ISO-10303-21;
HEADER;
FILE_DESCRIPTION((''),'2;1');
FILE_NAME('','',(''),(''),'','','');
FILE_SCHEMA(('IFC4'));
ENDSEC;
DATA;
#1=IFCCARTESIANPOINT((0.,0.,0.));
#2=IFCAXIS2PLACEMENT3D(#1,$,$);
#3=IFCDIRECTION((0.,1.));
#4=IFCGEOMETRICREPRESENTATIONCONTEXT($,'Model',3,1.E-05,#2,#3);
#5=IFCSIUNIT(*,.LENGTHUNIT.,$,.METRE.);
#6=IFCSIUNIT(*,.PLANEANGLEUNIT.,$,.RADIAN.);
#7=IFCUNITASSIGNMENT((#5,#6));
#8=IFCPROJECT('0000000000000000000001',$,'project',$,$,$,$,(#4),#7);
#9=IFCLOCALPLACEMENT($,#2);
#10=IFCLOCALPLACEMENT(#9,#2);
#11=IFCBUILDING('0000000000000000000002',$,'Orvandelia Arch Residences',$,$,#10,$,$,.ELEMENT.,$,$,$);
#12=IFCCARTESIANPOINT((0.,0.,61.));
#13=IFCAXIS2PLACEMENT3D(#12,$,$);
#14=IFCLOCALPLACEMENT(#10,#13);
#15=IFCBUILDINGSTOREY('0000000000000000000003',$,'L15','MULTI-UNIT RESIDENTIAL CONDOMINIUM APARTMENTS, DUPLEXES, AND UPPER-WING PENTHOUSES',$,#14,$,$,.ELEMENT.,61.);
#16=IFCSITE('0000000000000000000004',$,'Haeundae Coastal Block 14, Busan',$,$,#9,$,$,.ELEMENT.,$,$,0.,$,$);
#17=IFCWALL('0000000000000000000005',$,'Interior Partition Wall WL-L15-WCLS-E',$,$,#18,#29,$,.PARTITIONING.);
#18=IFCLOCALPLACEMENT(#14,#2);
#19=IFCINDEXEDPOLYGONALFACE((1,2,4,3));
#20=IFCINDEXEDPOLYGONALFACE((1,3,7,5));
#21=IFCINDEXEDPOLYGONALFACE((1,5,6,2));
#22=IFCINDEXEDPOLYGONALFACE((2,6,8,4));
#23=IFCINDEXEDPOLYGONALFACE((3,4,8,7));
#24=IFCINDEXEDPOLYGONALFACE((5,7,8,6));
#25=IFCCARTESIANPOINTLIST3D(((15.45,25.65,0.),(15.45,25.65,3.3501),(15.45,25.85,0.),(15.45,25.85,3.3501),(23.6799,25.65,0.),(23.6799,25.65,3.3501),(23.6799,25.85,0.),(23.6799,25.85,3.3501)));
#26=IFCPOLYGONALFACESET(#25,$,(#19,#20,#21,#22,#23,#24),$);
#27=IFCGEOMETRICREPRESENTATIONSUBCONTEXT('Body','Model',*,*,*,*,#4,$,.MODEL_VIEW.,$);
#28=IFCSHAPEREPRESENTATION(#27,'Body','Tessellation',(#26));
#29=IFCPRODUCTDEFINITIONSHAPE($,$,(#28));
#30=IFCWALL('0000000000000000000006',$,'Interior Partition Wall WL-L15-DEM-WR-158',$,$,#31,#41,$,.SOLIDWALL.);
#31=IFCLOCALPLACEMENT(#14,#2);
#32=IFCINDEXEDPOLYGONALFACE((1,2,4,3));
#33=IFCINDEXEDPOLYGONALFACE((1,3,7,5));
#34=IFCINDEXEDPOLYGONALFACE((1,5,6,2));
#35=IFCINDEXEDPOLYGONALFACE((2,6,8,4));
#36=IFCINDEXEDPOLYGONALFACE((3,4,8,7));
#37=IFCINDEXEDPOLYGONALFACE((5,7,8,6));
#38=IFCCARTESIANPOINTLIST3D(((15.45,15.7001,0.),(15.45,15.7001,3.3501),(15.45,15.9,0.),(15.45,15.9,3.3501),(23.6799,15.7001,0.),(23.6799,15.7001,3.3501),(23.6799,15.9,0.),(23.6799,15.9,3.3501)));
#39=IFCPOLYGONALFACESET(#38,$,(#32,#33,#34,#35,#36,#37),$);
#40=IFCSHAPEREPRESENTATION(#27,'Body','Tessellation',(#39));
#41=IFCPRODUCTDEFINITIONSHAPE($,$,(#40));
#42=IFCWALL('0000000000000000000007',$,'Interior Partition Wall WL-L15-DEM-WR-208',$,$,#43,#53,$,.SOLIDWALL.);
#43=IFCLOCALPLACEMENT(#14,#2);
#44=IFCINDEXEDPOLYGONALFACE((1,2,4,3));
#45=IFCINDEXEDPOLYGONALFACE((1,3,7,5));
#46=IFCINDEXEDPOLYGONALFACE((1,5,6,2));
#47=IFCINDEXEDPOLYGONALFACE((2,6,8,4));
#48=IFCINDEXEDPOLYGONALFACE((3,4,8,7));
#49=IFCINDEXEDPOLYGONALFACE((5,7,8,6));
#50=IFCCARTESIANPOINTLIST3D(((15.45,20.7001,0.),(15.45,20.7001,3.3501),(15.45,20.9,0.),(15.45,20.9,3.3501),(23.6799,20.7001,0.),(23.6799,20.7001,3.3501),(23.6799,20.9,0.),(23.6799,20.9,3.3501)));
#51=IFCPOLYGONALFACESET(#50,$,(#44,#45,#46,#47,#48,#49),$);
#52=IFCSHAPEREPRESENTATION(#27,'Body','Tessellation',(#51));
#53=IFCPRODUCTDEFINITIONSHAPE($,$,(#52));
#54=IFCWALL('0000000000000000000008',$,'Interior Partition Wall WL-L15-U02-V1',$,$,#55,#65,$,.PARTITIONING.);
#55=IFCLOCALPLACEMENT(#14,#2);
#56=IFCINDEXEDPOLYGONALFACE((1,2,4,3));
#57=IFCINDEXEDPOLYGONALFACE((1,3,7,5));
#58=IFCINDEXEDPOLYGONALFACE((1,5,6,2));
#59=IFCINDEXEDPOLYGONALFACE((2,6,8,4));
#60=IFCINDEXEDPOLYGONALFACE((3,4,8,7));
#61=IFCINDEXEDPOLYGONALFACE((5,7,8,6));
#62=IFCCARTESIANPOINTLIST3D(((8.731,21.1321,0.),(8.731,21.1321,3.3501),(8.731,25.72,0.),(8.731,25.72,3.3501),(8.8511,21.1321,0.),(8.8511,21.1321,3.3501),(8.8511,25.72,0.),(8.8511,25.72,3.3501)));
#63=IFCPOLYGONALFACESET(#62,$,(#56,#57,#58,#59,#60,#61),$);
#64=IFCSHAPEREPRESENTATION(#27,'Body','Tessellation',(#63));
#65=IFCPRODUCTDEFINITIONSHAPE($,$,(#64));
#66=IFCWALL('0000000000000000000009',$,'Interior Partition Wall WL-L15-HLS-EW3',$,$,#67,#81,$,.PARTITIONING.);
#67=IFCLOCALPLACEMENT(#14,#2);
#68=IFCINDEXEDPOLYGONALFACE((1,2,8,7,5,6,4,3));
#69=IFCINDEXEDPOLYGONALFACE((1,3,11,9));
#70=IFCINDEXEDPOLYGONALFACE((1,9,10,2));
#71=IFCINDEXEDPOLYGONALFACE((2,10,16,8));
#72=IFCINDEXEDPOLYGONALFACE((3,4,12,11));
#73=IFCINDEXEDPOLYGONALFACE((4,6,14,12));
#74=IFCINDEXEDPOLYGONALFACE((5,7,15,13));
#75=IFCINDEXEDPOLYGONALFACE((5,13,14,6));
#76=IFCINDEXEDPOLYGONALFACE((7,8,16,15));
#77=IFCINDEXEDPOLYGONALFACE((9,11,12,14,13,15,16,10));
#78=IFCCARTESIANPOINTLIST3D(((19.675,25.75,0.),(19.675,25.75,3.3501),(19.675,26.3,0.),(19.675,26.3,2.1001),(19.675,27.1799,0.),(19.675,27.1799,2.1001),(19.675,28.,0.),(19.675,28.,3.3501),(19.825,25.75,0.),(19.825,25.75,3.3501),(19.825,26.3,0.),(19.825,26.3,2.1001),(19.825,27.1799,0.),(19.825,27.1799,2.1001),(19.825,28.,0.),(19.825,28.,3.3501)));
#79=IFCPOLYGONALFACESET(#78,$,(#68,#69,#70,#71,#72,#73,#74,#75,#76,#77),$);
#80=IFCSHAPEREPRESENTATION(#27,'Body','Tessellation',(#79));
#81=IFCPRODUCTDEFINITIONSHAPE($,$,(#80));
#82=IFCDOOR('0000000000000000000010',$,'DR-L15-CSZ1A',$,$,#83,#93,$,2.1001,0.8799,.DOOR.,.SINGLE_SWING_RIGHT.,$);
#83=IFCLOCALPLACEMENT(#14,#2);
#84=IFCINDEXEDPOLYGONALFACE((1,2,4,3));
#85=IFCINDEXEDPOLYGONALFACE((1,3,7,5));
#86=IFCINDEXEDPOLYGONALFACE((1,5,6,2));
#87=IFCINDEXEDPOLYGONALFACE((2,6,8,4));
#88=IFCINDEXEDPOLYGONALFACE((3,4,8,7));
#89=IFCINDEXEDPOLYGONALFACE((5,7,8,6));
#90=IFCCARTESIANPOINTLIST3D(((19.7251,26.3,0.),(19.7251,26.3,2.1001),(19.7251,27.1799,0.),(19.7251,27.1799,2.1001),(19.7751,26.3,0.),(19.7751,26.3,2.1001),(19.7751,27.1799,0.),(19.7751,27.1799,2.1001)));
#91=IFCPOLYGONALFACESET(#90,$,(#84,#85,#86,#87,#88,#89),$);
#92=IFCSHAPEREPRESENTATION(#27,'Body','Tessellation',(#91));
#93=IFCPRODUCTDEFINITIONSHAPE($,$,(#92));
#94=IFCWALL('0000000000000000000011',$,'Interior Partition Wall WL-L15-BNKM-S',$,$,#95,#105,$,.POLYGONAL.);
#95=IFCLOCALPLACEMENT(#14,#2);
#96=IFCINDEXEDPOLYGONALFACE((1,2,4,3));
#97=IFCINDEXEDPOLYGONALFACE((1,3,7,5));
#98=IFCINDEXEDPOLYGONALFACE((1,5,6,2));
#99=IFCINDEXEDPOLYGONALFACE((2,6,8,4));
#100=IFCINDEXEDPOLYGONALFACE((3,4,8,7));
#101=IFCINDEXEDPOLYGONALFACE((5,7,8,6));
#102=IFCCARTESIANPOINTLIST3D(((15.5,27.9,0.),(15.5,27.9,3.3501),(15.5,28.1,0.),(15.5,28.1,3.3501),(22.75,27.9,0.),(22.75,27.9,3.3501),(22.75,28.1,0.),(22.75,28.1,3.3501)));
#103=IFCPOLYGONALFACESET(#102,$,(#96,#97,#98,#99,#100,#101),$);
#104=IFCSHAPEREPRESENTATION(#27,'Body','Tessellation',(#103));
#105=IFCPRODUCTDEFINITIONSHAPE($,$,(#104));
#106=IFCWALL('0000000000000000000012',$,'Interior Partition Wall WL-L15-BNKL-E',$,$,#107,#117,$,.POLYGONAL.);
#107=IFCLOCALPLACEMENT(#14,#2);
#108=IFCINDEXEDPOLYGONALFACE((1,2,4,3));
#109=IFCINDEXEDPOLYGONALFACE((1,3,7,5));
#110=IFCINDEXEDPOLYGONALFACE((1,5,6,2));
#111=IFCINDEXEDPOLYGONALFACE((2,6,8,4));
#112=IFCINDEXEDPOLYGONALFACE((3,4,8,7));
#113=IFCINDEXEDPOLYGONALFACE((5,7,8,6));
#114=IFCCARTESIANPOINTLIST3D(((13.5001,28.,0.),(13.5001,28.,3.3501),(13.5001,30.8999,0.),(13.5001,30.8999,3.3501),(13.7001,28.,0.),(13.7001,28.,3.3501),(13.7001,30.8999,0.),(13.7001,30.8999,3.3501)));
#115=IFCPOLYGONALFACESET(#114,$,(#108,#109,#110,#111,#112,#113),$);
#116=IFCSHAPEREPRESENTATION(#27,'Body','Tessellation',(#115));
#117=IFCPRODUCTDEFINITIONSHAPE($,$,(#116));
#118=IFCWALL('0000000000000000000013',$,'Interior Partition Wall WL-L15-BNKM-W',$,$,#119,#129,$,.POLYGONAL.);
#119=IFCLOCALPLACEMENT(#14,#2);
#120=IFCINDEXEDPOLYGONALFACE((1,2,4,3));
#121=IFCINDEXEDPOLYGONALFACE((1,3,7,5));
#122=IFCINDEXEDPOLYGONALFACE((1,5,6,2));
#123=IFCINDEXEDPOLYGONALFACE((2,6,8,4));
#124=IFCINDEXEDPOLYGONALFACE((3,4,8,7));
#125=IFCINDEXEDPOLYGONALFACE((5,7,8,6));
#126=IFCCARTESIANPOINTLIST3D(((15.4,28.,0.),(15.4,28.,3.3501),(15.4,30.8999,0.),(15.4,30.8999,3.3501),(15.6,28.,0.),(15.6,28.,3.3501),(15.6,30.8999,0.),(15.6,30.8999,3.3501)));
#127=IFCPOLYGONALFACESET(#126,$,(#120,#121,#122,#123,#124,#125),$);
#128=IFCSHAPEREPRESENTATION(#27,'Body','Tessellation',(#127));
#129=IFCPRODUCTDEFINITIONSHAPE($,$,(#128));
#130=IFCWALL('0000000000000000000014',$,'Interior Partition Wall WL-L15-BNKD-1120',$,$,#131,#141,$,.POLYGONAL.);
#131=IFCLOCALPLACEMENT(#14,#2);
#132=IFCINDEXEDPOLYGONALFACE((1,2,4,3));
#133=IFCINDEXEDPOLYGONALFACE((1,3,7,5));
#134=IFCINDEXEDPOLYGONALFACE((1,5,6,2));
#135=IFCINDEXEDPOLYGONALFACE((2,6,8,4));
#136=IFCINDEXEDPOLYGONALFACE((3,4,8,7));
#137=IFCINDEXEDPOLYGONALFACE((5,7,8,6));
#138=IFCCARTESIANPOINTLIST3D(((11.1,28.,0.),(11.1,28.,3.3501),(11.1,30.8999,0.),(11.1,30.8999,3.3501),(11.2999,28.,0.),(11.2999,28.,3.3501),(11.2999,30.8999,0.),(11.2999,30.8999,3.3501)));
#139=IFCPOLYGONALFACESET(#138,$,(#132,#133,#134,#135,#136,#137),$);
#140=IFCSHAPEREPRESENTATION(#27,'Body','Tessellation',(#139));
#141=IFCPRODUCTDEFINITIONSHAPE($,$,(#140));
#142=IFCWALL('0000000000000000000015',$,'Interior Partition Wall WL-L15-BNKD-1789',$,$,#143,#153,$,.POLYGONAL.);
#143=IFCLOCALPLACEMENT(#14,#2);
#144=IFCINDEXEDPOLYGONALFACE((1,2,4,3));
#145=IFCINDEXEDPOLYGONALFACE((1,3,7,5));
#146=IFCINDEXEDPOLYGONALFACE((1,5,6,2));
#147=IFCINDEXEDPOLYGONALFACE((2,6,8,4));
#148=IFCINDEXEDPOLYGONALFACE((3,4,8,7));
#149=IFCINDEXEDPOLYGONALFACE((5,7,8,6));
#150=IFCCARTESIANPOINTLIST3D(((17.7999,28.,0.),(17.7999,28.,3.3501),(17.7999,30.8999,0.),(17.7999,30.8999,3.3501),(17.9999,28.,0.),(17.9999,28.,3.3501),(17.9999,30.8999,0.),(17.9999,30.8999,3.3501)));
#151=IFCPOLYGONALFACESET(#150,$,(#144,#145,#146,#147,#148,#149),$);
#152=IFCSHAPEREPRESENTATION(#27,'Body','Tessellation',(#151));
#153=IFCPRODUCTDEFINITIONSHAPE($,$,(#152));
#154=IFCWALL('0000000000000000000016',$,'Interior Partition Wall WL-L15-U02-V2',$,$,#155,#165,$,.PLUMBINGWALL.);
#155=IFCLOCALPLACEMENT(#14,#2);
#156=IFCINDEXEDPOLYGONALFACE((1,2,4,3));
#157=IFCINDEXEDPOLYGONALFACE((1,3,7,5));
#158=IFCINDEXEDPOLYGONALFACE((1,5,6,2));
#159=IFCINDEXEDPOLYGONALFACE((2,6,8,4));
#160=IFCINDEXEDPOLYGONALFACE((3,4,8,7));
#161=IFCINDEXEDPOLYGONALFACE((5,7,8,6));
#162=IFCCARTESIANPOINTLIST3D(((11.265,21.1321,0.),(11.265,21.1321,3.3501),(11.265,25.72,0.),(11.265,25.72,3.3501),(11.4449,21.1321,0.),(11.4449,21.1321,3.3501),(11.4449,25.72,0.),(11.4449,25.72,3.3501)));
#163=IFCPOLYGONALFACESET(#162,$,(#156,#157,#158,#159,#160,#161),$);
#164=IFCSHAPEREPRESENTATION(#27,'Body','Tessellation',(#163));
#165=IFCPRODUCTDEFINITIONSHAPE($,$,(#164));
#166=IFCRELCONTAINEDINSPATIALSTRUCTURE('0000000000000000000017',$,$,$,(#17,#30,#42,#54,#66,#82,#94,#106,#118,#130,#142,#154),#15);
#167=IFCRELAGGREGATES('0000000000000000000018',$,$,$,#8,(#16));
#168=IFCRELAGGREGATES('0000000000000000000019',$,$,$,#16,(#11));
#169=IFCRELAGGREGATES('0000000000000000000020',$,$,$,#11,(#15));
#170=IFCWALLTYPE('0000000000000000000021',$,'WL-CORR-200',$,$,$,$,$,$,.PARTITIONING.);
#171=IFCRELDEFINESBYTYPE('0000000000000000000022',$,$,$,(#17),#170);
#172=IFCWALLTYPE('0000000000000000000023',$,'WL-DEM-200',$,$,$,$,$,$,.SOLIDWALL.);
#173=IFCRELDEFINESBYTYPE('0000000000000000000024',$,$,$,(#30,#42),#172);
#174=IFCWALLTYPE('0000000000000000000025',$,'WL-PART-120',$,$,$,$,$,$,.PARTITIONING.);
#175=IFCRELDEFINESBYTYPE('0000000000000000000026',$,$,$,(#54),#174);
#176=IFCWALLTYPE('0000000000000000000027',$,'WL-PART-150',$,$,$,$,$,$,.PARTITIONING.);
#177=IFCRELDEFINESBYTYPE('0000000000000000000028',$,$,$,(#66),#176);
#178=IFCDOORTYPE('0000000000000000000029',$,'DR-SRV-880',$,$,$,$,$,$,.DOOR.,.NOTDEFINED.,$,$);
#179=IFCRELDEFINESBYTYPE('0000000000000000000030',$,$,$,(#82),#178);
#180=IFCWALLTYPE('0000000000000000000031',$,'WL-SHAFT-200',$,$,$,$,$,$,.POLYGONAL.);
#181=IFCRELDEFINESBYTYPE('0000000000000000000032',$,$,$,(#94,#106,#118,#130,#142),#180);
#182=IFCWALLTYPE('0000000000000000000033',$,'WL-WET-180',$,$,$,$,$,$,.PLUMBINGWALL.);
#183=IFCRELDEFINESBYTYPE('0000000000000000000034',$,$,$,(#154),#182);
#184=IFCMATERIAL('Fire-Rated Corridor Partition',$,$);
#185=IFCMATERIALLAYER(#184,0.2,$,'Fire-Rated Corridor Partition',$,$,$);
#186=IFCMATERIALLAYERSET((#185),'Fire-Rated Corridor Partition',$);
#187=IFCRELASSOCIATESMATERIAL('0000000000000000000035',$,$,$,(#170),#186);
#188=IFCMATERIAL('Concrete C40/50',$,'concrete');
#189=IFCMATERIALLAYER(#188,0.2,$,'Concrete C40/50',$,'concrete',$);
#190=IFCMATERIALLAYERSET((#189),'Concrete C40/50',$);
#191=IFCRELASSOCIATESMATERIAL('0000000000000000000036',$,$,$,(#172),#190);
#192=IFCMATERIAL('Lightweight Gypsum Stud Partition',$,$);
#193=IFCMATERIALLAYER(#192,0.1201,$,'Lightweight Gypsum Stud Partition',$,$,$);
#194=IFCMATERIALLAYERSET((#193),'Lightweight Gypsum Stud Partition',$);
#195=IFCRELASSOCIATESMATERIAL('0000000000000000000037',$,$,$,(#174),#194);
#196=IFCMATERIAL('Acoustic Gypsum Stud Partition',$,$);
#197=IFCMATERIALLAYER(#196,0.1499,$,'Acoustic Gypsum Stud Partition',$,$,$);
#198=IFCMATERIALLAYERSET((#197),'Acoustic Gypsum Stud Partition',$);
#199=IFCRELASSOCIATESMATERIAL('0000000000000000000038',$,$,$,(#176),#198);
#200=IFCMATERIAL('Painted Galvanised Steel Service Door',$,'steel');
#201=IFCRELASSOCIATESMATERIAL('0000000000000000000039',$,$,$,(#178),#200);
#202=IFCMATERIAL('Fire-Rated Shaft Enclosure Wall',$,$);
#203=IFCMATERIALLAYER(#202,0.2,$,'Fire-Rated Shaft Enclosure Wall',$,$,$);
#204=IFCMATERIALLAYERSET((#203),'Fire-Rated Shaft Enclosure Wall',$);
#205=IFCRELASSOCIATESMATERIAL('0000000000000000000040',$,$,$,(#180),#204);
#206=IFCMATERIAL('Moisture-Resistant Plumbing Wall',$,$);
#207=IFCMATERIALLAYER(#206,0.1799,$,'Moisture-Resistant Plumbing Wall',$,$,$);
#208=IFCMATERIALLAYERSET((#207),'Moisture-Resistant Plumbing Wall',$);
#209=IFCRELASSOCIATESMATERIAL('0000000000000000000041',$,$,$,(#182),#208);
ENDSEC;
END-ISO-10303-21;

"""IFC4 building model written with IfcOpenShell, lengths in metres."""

from ifc_helpers import new_model, si_unit, direction, frame, frame_2d, origin, place, context, subcontext, project, spatial, rectangle, extrude, material, layer, layer_set, type_object, element, fill, save


model = new_model("IFC4")

# Units and contexts
model_context = context("Model", 3, precision=1e-05, world=origin(), true_north=direction((0.0, 1.0)))
body_context = subcontext(model_context, "Body", "Model", "MODEL_VIEW")
ifc_project = project(units=[si_unit("LENGTHUNIT", "METRE"), si_unit("PLANEANGLEUNIT", "RADIAN")], contexts=[model_context])

# Site, building, storey
site_placement = place(None, origin())
site = spatial("IfcSite", under=ifc_project, at=site_placement, Name="Haeundae Coastal Block 14, Busan", CompositionType="ELEMENT", RefElevation=0.0)
building_placement = place(site_placement, origin())
building = spatial("IfcBuilding", under=site, at=building_placement, Name="Orvandelia Arch Residences", CompositionType="ELEMENT")
storey_placement = place(building_placement, frame((0.0, 0.0, 61.0)))
storey = spatial("IfcBuildingStorey", under=building, at=storey_placement, Name="L15", Description="MULTI-UNIT RESIDENTIAL CONDOMINIUM APARTMENTS, DUPLEXES, AND UPPER-WING PENTHOUSES", CompositionType="ELEMENT", Elevation=61.0)

# Walls
ifc_material_1 = material(Name="Fire-Rated Corridor Partition")
ifc_layer_1 = layer(ifc_material_1, 0.2, Name="Fire-Rated Corridor Partition")
ifc_layer_set_1 = layer_set([ifc_layer_1], Name="Fire-Rated Corridor Partition")
wall_type_1 = type_object("IfcWallType", Name="WL-CORR-200", PredefinedType="PARTITIONING", material=ifc_layer_set_1)
wall_1_placement = place(storey_placement, frame((15.45, 25.75, 0.0), z_axis=(0.0, 0.0, 1.0), x_axis=(1.0, 0.0, 0.0)))
element("IfcWall", 1, at=wall_1_placement, inside=storey, type_object=wall_type_1, Name="Interior Partition Wall WL-L15-WCLS-E", PredefinedType="PARTITIONING", context=body_context, shape_type="SweptSolid", body=[
    extrude(rectangle(XDim=8.23, YDim=0.2, at=frame_2d((4.115, 0.0))), origin(), (0.0, 0.0, 1.0), 3.3501),
])
ifc_material_2 = material(Name="Concrete C40/50", Category="concrete")
ifc_layer_2 = layer(ifc_material_2, 0.2, Name="Concrete C40/50", Category="concrete")
ifc_layer_set_2 = layer_set([ifc_layer_2], Name="Concrete C40/50")
wall_type_2 = type_object("IfcWallType", Name="WL-DEM-200", PredefinedType="SOLIDWALL", material=ifc_layer_set_2)
for number, where, z_axis, x_axis, name in (
    (2, (15.45, 15.8, 0.0), (0.0, 0.0, 1.0), (1.0, 0.0, 0.0), "Interior Partition Wall WL-L15-DEM-WR-158"),
    (3, (15.45, 20.8, 0.0), (0.0, 0.0, 1.0), (1.0, 0.0, 0.0), "Interior Partition Wall WL-L15-DEM-WR-208"),
):
    element("IfcWall", number, at=place(storey_placement, frame(where, z_axis=z_axis, x_axis=x_axis)), inside=storey, type_object=wall_type_2, Name=name, PredefinedType="SOLIDWALL", context=body_context, shape_type="SweptSolid", body=[
        extrude(rectangle(XDim=8.23, YDim=0.2, at=frame_2d((4.115, 0.0))), origin(), (0.0, 0.0, 1.0), 3.3501),
    ])
ifc_material_3 = material(Name="Lightweight Gypsum Stud Partition")
ifc_layer_3 = layer(ifc_material_3, 0.1201, Name="Lightweight Gypsum Stud Partition")
ifc_layer_set_3 = layer_set([ifc_layer_3], Name="Lightweight Gypsum Stud Partition")
wall_type_3 = type_object("IfcWallType", Name="WL-PART-120", PredefinedType="PARTITIONING", material=ifc_layer_set_3)
wall_2_placement = place(storey_placement, frame((8.791, 21.1321, 0.0), z_axis=(0.0, 0.0, 1.0), x_axis=(0.0, 1.0, 0.0)))
element("IfcWall", 4, at=wall_2_placement, inside=storey, type_object=wall_type_3, Name="Interior Partition Wall WL-L15-U02-V1", PredefinedType="PARTITIONING", context=body_context, shape_type="SweptSolid", body=[
    extrude(rectangle(XDim=4.5879, YDim=0.1201, at=frame_2d((2.2939, 0.0))), origin(), (0.0, 0.0, 1.0), 3.3501),
])

# Wall, opening, door
ifc_material_4 = material(Name="Acoustic Gypsum Stud Partition")
ifc_layer_4 = layer(ifc_material_4, 0.1499, Name="Acoustic Gypsum Stud Partition")
ifc_layer_set_4 = layer_set([ifc_layer_4], Name="Acoustic Gypsum Stud Partition")
wall_type_4 = type_object("IfcWallType", Name="WL-PART-150", PredefinedType="PARTITIONING", material=ifc_layer_set_4)
wall_3_placement = place(storey_placement, frame((19.75, 25.75, 0.0), z_axis=(0.0, 0.0, 1.0), x_axis=(0.0, 1.0, 0.0)))
wall_3 = element("IfcWall", 5, at=wall_3_placement, inside=storey, type_object=wall_type_4, Name="Interior Partition Wall WL-L15-HLS-EW3", PredefinedType="PARTITIONING", context=body_context, shape_type="SweptSolid", body=[
    extrude(rectangle(XDim=2.25, YDim=0.1499, at=frame_2d((1.125, 0.0))), origin(), (0.0, 0.0, 1.0), 3.3501),
])
opening_1_placement = place(wall_3_placement, frame((0.55, 0.0, 0.0)))
opening_1 = element("IfcOpeningElement", 6, at=opening_1_placement, cuts=wall_3, PredefinedType="OPENING", context=body_context, shape_type="SweptSolid", body=[
    extrude(rectangle(XDim=0.8799, YDim=2.1001, at=frame_2d((0.4399, 1.05))), frame((0.0, 0.085, 0.0), z_axis=(0.0, -1.0, 0.0), x_axis=(1.0, 0.0, 0.0)), (0.0, 0.0, 1.0), 0.1699),
])
ifc_material_5 = material(Name="Painted Galvanised Steel Service Door", Category="steel")
door_type_1 = type_object("IfcDoorType", Name="DR-SRV-880", OperationType="NOTDEFINED", PredefinedType="DOOR", material=ifc_material_5)
door_1_placement = place(opening_1_placement, origin())
door_1 = element("IfcDoor", 7, at=door_1_placement, inside=storey, type_object=door_type_1, Name="DR-L15-CSZ1A", OperationType="SINGLE_SWING_RIGHT", OverallHeight=2.1001, OverallWidth=0.8799, PredefinedType="DOOR", context=body_context, shape_type="SweptSolid", body=[
    extrude(rectangle(XDim=0.8799, YDim=2.1001, at=frame_2d((0.4399, 1.05))), frame((0.0, 0.0249, 0.0), z_axis=(0.0, -1.0, 0.0), x_axis=(1.0, 0.0, 0.0)), (0.0, 0.0, 1.0), 0.05),
])
fill(opening_1, door_1)

# Walls
ifc_material_6 = material(Name="Fire-Rated Shaft Enclosure Wall")
ifc_layer_5 = layer(ifc_material_6, 0.2, Name="Fire-Rated Shaft Enclosure Wall")
ifc_layer_set_5 = layer_set([ifc_layer_5], Name="Fire-Rated Shaft Enclosure Wall")
wall_type_5 = type_object("IfcWallType", Name="WL-SHAFT-200", PredefinedType="POLYGONAL", material=ifc_layer_set_5)
wall_4_placement = place(storey_placement, frame((15.5, 28.0, 0.0), z_axis=(0.0, 0.0, 1.0), x_axis=(1.0, 0.0, 0.0)))
element("IfcWall", 8, at=wall_4_placement, inside=storey, type_object=wall_type_5, Name="Interior Partition Wall WL-L15-BNKM-S", PredefinedType="POLYGONAL", context=body_context, shape_type="SweptSolid", body=[
    extrude(rectangle(XDim=7.25, YDim=0.2, at=frame_2d((3.625, 0.0))), origin(), (0.0, 0.0, 1.0), 3.3501),
])
for number, where, z_axis, x_axis, name in (
    (9, (13.6001, 28.0, 0.0), (0.0, 0.0, 1.0), (0.0, 1.0, 0.0), "Interior Partition Wall WL-L15-BNKL-E"),
    (10, (15.5, 28.0, 0.0), (0.0, 0.0, 1.0), (0.0, 1.0, 0.0), "Interior Partition Wall WL-L15-BNKM-W"),
    (11, (11.2, 28.0, 0.0), (0.0, 0.0, 1.0), (0.0, 1.0, 0.0), "Interior Partition Wall WL-L15-BNKD-1120"),
    (12, (17.8999, 28.0, 0.0), (0.0, 0.0, 1.0), (0.0, 1.0, 0.0), "Interior Partition Wall WL-L15-BNKD-1789"),
):
    element("IfcWall", number, at=place(storey_placement, frame(where, z_axis=z_axis, x_axis=x_axis)), inside=storey, type_object=wall_type_5, Name=name, PredefinedType="POLYGONAL", context=body_context, shape_type="SweptSolid", body=[
        extrude(rectangle(XDim=2.8999, YDim=0.2, at=frame_2d((1.45, 0.0))), origin(), (0.0, 0.0, 1.0), 3.3501),
    ])
ifc_material_7 = material(Name="Moisture-Resistant Plumbing Wall")
ifc_layer_6 = layer(ifc_material_7, 0.1799, Name="Moisture-Resistant Plumbing Wall")
ifc_layer_set_6 = layer_set([ifc_layer_6], Name="Moisture-Resistant Plumbing Wall")
wall_type_6 = type_object("IfcWallType", Name="WL-WET-180", PredefinedType="PLUMBINGWALL", material=ifc_layer_set_6)
wall_5_placement = place(storey_placement, frame((11.355, 21.1321, 0.0), z_axis=(0.0, 0.0, 1.0), x_axis=(0.0, 1.0, 0.0)))
element("IfcWall", 13, at=wall_5_placement, inside=storey, type_object=wall_type_6, Name="Interior Partition Wall WL-L15-U02-V2", PredefinedType="PLUMBINGWALL", context=body_context, shape_type="SweptSolid", body=[
    extrude(rectangle(XDim=4.5879, YDim=0.1799, at=frame_2d((2.2939, 0.0))), origin(), (0.0, 0.0, 1.0), 3.3501),
])

save(model, "model.ifc")
